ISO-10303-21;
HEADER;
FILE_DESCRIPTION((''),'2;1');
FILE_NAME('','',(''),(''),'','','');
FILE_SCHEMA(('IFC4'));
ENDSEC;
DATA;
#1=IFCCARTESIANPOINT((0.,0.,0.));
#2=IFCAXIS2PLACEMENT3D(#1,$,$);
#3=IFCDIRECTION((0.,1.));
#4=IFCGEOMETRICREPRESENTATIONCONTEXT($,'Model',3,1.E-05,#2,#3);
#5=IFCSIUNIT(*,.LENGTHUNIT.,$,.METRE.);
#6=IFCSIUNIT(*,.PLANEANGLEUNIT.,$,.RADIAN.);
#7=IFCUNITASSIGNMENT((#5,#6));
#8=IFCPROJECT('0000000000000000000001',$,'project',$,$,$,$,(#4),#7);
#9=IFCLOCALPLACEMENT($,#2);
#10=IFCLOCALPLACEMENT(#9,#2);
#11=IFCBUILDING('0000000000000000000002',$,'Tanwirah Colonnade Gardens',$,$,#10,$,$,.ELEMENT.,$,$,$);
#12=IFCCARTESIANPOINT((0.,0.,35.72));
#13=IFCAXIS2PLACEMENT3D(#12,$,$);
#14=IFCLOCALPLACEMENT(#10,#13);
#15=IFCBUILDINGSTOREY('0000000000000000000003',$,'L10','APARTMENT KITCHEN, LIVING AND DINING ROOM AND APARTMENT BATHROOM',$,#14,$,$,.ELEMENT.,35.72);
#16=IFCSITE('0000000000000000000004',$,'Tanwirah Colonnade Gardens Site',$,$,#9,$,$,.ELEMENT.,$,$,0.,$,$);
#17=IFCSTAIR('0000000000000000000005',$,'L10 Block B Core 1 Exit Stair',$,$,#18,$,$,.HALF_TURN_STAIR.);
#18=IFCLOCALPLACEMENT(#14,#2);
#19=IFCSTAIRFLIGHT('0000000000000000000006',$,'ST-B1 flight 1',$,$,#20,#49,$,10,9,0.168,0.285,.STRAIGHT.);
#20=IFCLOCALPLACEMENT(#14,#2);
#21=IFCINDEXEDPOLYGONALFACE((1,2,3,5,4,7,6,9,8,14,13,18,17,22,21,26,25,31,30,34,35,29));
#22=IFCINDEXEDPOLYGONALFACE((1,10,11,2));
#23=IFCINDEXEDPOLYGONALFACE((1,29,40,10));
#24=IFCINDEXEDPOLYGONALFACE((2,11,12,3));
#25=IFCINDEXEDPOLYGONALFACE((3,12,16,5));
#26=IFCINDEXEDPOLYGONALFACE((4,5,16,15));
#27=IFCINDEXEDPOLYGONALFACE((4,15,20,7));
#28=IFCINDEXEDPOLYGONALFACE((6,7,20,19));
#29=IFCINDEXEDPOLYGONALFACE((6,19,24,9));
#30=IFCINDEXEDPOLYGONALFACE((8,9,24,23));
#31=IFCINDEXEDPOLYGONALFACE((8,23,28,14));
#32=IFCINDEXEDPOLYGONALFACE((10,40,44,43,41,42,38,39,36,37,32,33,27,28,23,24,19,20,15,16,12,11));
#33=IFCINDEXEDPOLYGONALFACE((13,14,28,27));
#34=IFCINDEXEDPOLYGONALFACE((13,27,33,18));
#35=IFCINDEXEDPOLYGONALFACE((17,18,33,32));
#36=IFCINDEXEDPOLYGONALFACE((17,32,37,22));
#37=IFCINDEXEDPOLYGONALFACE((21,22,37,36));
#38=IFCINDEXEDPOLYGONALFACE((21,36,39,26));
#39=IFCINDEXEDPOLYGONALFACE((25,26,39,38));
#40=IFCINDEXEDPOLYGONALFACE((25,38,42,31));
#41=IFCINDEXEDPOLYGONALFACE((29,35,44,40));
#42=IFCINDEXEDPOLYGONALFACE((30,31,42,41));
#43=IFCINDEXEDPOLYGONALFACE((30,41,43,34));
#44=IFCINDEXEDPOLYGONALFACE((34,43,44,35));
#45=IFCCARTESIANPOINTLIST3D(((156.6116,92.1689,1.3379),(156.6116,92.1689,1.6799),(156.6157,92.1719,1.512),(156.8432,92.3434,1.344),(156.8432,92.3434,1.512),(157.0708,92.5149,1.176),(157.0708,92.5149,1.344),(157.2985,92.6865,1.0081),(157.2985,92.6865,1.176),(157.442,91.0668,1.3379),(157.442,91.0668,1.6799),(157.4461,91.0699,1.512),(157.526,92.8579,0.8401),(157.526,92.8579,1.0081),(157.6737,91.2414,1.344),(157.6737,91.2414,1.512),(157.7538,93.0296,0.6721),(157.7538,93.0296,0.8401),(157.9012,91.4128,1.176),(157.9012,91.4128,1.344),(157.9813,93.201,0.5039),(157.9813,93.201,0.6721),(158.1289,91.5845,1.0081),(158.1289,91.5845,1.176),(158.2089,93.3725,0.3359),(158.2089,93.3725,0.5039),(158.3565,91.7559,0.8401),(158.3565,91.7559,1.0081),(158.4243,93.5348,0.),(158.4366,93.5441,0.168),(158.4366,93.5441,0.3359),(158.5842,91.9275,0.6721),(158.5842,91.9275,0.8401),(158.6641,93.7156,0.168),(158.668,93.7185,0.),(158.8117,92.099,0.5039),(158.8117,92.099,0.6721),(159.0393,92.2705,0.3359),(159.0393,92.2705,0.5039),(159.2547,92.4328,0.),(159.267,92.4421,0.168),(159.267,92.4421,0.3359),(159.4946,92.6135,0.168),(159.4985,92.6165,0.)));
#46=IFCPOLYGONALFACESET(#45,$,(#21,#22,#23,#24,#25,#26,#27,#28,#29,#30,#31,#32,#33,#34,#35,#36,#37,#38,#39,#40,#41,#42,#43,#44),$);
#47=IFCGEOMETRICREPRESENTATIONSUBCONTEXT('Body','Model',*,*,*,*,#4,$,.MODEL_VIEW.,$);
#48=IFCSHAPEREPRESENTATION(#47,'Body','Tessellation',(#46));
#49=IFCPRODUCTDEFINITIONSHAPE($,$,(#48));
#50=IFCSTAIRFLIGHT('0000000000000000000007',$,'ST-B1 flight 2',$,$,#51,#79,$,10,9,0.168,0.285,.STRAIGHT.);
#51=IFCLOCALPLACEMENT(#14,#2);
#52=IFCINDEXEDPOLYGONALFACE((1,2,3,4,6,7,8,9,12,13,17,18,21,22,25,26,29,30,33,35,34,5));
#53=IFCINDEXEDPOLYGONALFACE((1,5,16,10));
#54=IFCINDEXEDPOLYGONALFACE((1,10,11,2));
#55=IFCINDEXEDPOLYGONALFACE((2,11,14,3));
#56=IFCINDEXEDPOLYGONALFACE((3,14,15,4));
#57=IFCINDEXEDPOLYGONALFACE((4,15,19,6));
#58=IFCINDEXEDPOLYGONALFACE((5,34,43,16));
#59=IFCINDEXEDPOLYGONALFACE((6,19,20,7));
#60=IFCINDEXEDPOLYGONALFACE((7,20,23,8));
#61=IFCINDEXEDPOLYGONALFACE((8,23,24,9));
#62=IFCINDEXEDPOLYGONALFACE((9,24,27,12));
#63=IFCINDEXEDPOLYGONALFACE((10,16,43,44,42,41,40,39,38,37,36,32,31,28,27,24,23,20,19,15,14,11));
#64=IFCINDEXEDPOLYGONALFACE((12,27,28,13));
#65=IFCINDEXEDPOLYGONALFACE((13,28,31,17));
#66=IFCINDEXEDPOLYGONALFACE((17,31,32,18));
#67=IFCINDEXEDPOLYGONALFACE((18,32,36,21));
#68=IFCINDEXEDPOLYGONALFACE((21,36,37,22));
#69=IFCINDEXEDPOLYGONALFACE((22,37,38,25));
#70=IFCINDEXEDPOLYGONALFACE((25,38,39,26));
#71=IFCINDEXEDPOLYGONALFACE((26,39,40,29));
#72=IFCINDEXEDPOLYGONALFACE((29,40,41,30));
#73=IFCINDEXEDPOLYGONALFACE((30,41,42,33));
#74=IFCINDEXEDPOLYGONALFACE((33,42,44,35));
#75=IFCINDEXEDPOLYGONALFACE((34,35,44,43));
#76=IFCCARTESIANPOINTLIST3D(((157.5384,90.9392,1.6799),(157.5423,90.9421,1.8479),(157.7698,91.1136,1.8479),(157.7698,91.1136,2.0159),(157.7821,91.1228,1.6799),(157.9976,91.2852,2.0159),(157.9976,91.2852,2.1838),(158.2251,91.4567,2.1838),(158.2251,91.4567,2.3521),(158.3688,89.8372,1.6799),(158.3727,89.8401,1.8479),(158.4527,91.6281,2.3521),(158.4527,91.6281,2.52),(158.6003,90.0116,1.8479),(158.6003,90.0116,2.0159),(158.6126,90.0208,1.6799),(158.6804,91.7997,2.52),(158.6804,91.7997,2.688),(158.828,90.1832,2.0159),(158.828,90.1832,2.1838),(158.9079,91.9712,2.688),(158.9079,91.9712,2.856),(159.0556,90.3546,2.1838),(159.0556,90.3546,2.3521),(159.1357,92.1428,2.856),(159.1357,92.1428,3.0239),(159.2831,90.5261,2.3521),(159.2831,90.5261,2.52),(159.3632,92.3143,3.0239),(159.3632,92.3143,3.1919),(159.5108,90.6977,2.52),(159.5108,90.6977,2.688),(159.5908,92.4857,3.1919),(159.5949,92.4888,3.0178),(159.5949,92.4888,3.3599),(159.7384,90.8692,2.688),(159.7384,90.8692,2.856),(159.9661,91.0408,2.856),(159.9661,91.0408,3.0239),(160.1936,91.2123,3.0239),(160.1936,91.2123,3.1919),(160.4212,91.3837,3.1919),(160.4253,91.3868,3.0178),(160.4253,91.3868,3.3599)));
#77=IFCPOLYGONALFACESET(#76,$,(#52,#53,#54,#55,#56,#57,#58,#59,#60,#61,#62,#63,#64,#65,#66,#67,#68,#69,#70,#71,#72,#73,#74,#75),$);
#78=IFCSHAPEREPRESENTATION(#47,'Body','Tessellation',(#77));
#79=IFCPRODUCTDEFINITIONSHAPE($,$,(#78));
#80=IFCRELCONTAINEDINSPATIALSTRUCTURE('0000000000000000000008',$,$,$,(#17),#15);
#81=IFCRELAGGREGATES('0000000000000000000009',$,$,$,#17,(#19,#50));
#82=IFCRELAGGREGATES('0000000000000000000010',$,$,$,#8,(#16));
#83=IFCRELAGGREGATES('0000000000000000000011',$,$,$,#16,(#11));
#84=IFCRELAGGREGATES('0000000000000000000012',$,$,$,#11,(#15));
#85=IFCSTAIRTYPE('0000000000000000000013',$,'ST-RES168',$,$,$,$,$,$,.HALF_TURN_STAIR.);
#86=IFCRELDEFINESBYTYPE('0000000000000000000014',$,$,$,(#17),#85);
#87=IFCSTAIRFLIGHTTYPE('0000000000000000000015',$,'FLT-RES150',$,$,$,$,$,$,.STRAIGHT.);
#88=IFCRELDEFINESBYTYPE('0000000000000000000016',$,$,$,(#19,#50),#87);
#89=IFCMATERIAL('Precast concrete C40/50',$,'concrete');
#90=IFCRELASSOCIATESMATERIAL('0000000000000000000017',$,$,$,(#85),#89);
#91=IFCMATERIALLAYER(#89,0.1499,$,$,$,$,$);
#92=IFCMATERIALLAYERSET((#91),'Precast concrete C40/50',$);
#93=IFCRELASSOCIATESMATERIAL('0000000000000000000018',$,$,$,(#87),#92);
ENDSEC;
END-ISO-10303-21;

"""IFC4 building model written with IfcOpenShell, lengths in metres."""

from ifc_helpers import new_model, si_unit, direction, frame, origin, place, context, subcontext, project, spatial, polyline, outline, extrude, material, layer, layer_set, type_object, element, aggregate, save


model = new_model("IFC4")

# Units and contexts
model_context = context("Model", 3, precision=1e-05, world=origin(), true_north=direction((0.0, 1.0)))
body_context = subcontext(model_context, "Body", "Model", "MODEL_VIEW")
ifc_project = project(units=[si_unit("LENGTHUNIT", "METRE"), si_unit("PLANEANGLEUNIT", "RADIAN")], contexts=[model_context])

# Site, building, storey
site_placement = place(None, origin())
site = spatial("IfcSite", under=ifc_project, at=site_placement, Name="Tanwirah Colonnade Gardens Site", CompositionType="ELEMENT", RefElevation=0.0)
building_placement = place(site_placement, origin())
building = spatial("IfcBuilding", under=site, at=building_placement, Name="Tanwirah Colonnade Gardens", CompositionType="ELEMENT")
storey_placement = place(building_placement, frame((0.0, 0.0, 35.72)))
storey = spatial("IfcBuildingStorey", under=building, at=storey_placement, Name="L10", Description="APARTMENT KITCHEN, LIVING AND DINING ROOM AND APARTMENT BATHROOM", CompositionType="ELEMENT", Elevation=35.72)

# Shared definitions
ifc_material_1 = material(Name="Precast concrete C40/50", Category="concrete")

# Stair, stair flights
stair_type = type_object("IfcStairType", Name="ST-RES168", PredefinedType="HALF_TURN_STAIR", material=ifc_material_1)
stair_placement = place(storey_placement, origin())
stair = element("IfcStair", 1, at=stair_placement, inside=storey, type_object=stair_type, Name="L10 Block B Core 1 Exit Stair", PredefinedType="HALF_TURN_STAIR")
ifc_layer_1 = layer(ifc_material_1, 0.1499)
ifc_layer_set_1 = layer_set([ifc_layer_1], Name="Precast concrete C40/50")
stair_flight_type = type_object("IfcStairFlightType", Name="FLT-RES150", PredefinedType="STRAIGHT", material=ifc_layer_set_1)
stair_flight_1_placement = place(storey_placement, frame((159.0793, 93.1646, 0.0), z_axis=(0.0, 0.0, 1.0), x_axis=(-0.798636, -0.601815, 0.0)))
stair_flight_1 = element("IfcStairFlight", 2, at=stair_flight_1_placement, type_object=stair_flight_type, Name="ST-B1 flight 1", NumberOfRisers=10, NumberOfTreads=9, PredefinedType="STRAIGHT", RiserHeight=0.168, TreadLength=0.285, context=body_context, shape_type="SweptSolid", body=[
    extrude(outline(polyline([(-0.0049, 0.0), (0.0, 0.168), (0.2849, 0.168), (0.2849, 0.3359), (0.5701, 0.3359), (0.5701, 0.5039), (0.855, 0.5039), (0.855, 0.6721), (1.1399, 0.6721), (1.1399, 0.8401), (1.425, 0.8401), (1.425, 1.0081), (1.71, 1.0081), (1.71, 1.176), (1.9951, 1.176), (1.9951, 1.344), (2.28, 1.344), (2.28, 1.512), (2.5649, 1.512), (2.5701, 1.6799), (2.5701, 1.3379), (0.3003, 0.0), (-0.0049, 0.0)])), frame((0.0, 0.6899, 0.0), z_axis=(0.0, -1.0, 0.0), x_axis=(1.0, 0.0, 0.0)), (0.0, 0.0, 1.0), 1.3799),
])
stair_flight_2_placement = place(storey_placement, frame((157.9575, 90.3911, 1.6799), z_axis=(0.0, 0.0, 1.0), x_axis=(0.798636, 0.601815, 0.0)))
stair_flight_2 = element("IfcStairFlight", 3, at=stair_flight_2_placement, type_object=stair_flight_type, Name="ST-B1 flight 2", NumberOfRisers=10, NumberOfTreads=9, PredefinedType="STRAIGHT", RiserHeight=0.168, TreadLength=0.285, context=body_context, shape_type="SweptSolid", body=[
    extrude(outline(polyline([(-0.0049, 0.0), (0.0, 0.168), (0.2849, 0.168), (0.2849, 0.3359), (0.5701, 0.3359), (0.5701, 0.5039), (0.855, 0.5039), (0.855, 0.6721), (1.1399, 0.6721), (1.1399, 0.8401), (1.425, 0.8401), (1.425, 1.0081), (1.71, 1.0081), (1.71, 1.176), (1.9951, 1.176), (1.9951, 1.344), (2.28, 1.344), (2.28, 1.512), (2.5649, 1.512), (2.5701, 1.6799), (2.5701, 1.3379), (0.3003, 0.0), (-0.0049, 0.0)])), frame((0.0, 0.6899, 0.0), z_axis=(0.0, -1.0, 0.0), x_axis=(1.0, 0.0, 0.0)), (0.0, 0.0, 1.0), 1.3799),
])
aggregate(stair, [stair_flight_1, stair_flight_2])

save(model, "model.ifc")
